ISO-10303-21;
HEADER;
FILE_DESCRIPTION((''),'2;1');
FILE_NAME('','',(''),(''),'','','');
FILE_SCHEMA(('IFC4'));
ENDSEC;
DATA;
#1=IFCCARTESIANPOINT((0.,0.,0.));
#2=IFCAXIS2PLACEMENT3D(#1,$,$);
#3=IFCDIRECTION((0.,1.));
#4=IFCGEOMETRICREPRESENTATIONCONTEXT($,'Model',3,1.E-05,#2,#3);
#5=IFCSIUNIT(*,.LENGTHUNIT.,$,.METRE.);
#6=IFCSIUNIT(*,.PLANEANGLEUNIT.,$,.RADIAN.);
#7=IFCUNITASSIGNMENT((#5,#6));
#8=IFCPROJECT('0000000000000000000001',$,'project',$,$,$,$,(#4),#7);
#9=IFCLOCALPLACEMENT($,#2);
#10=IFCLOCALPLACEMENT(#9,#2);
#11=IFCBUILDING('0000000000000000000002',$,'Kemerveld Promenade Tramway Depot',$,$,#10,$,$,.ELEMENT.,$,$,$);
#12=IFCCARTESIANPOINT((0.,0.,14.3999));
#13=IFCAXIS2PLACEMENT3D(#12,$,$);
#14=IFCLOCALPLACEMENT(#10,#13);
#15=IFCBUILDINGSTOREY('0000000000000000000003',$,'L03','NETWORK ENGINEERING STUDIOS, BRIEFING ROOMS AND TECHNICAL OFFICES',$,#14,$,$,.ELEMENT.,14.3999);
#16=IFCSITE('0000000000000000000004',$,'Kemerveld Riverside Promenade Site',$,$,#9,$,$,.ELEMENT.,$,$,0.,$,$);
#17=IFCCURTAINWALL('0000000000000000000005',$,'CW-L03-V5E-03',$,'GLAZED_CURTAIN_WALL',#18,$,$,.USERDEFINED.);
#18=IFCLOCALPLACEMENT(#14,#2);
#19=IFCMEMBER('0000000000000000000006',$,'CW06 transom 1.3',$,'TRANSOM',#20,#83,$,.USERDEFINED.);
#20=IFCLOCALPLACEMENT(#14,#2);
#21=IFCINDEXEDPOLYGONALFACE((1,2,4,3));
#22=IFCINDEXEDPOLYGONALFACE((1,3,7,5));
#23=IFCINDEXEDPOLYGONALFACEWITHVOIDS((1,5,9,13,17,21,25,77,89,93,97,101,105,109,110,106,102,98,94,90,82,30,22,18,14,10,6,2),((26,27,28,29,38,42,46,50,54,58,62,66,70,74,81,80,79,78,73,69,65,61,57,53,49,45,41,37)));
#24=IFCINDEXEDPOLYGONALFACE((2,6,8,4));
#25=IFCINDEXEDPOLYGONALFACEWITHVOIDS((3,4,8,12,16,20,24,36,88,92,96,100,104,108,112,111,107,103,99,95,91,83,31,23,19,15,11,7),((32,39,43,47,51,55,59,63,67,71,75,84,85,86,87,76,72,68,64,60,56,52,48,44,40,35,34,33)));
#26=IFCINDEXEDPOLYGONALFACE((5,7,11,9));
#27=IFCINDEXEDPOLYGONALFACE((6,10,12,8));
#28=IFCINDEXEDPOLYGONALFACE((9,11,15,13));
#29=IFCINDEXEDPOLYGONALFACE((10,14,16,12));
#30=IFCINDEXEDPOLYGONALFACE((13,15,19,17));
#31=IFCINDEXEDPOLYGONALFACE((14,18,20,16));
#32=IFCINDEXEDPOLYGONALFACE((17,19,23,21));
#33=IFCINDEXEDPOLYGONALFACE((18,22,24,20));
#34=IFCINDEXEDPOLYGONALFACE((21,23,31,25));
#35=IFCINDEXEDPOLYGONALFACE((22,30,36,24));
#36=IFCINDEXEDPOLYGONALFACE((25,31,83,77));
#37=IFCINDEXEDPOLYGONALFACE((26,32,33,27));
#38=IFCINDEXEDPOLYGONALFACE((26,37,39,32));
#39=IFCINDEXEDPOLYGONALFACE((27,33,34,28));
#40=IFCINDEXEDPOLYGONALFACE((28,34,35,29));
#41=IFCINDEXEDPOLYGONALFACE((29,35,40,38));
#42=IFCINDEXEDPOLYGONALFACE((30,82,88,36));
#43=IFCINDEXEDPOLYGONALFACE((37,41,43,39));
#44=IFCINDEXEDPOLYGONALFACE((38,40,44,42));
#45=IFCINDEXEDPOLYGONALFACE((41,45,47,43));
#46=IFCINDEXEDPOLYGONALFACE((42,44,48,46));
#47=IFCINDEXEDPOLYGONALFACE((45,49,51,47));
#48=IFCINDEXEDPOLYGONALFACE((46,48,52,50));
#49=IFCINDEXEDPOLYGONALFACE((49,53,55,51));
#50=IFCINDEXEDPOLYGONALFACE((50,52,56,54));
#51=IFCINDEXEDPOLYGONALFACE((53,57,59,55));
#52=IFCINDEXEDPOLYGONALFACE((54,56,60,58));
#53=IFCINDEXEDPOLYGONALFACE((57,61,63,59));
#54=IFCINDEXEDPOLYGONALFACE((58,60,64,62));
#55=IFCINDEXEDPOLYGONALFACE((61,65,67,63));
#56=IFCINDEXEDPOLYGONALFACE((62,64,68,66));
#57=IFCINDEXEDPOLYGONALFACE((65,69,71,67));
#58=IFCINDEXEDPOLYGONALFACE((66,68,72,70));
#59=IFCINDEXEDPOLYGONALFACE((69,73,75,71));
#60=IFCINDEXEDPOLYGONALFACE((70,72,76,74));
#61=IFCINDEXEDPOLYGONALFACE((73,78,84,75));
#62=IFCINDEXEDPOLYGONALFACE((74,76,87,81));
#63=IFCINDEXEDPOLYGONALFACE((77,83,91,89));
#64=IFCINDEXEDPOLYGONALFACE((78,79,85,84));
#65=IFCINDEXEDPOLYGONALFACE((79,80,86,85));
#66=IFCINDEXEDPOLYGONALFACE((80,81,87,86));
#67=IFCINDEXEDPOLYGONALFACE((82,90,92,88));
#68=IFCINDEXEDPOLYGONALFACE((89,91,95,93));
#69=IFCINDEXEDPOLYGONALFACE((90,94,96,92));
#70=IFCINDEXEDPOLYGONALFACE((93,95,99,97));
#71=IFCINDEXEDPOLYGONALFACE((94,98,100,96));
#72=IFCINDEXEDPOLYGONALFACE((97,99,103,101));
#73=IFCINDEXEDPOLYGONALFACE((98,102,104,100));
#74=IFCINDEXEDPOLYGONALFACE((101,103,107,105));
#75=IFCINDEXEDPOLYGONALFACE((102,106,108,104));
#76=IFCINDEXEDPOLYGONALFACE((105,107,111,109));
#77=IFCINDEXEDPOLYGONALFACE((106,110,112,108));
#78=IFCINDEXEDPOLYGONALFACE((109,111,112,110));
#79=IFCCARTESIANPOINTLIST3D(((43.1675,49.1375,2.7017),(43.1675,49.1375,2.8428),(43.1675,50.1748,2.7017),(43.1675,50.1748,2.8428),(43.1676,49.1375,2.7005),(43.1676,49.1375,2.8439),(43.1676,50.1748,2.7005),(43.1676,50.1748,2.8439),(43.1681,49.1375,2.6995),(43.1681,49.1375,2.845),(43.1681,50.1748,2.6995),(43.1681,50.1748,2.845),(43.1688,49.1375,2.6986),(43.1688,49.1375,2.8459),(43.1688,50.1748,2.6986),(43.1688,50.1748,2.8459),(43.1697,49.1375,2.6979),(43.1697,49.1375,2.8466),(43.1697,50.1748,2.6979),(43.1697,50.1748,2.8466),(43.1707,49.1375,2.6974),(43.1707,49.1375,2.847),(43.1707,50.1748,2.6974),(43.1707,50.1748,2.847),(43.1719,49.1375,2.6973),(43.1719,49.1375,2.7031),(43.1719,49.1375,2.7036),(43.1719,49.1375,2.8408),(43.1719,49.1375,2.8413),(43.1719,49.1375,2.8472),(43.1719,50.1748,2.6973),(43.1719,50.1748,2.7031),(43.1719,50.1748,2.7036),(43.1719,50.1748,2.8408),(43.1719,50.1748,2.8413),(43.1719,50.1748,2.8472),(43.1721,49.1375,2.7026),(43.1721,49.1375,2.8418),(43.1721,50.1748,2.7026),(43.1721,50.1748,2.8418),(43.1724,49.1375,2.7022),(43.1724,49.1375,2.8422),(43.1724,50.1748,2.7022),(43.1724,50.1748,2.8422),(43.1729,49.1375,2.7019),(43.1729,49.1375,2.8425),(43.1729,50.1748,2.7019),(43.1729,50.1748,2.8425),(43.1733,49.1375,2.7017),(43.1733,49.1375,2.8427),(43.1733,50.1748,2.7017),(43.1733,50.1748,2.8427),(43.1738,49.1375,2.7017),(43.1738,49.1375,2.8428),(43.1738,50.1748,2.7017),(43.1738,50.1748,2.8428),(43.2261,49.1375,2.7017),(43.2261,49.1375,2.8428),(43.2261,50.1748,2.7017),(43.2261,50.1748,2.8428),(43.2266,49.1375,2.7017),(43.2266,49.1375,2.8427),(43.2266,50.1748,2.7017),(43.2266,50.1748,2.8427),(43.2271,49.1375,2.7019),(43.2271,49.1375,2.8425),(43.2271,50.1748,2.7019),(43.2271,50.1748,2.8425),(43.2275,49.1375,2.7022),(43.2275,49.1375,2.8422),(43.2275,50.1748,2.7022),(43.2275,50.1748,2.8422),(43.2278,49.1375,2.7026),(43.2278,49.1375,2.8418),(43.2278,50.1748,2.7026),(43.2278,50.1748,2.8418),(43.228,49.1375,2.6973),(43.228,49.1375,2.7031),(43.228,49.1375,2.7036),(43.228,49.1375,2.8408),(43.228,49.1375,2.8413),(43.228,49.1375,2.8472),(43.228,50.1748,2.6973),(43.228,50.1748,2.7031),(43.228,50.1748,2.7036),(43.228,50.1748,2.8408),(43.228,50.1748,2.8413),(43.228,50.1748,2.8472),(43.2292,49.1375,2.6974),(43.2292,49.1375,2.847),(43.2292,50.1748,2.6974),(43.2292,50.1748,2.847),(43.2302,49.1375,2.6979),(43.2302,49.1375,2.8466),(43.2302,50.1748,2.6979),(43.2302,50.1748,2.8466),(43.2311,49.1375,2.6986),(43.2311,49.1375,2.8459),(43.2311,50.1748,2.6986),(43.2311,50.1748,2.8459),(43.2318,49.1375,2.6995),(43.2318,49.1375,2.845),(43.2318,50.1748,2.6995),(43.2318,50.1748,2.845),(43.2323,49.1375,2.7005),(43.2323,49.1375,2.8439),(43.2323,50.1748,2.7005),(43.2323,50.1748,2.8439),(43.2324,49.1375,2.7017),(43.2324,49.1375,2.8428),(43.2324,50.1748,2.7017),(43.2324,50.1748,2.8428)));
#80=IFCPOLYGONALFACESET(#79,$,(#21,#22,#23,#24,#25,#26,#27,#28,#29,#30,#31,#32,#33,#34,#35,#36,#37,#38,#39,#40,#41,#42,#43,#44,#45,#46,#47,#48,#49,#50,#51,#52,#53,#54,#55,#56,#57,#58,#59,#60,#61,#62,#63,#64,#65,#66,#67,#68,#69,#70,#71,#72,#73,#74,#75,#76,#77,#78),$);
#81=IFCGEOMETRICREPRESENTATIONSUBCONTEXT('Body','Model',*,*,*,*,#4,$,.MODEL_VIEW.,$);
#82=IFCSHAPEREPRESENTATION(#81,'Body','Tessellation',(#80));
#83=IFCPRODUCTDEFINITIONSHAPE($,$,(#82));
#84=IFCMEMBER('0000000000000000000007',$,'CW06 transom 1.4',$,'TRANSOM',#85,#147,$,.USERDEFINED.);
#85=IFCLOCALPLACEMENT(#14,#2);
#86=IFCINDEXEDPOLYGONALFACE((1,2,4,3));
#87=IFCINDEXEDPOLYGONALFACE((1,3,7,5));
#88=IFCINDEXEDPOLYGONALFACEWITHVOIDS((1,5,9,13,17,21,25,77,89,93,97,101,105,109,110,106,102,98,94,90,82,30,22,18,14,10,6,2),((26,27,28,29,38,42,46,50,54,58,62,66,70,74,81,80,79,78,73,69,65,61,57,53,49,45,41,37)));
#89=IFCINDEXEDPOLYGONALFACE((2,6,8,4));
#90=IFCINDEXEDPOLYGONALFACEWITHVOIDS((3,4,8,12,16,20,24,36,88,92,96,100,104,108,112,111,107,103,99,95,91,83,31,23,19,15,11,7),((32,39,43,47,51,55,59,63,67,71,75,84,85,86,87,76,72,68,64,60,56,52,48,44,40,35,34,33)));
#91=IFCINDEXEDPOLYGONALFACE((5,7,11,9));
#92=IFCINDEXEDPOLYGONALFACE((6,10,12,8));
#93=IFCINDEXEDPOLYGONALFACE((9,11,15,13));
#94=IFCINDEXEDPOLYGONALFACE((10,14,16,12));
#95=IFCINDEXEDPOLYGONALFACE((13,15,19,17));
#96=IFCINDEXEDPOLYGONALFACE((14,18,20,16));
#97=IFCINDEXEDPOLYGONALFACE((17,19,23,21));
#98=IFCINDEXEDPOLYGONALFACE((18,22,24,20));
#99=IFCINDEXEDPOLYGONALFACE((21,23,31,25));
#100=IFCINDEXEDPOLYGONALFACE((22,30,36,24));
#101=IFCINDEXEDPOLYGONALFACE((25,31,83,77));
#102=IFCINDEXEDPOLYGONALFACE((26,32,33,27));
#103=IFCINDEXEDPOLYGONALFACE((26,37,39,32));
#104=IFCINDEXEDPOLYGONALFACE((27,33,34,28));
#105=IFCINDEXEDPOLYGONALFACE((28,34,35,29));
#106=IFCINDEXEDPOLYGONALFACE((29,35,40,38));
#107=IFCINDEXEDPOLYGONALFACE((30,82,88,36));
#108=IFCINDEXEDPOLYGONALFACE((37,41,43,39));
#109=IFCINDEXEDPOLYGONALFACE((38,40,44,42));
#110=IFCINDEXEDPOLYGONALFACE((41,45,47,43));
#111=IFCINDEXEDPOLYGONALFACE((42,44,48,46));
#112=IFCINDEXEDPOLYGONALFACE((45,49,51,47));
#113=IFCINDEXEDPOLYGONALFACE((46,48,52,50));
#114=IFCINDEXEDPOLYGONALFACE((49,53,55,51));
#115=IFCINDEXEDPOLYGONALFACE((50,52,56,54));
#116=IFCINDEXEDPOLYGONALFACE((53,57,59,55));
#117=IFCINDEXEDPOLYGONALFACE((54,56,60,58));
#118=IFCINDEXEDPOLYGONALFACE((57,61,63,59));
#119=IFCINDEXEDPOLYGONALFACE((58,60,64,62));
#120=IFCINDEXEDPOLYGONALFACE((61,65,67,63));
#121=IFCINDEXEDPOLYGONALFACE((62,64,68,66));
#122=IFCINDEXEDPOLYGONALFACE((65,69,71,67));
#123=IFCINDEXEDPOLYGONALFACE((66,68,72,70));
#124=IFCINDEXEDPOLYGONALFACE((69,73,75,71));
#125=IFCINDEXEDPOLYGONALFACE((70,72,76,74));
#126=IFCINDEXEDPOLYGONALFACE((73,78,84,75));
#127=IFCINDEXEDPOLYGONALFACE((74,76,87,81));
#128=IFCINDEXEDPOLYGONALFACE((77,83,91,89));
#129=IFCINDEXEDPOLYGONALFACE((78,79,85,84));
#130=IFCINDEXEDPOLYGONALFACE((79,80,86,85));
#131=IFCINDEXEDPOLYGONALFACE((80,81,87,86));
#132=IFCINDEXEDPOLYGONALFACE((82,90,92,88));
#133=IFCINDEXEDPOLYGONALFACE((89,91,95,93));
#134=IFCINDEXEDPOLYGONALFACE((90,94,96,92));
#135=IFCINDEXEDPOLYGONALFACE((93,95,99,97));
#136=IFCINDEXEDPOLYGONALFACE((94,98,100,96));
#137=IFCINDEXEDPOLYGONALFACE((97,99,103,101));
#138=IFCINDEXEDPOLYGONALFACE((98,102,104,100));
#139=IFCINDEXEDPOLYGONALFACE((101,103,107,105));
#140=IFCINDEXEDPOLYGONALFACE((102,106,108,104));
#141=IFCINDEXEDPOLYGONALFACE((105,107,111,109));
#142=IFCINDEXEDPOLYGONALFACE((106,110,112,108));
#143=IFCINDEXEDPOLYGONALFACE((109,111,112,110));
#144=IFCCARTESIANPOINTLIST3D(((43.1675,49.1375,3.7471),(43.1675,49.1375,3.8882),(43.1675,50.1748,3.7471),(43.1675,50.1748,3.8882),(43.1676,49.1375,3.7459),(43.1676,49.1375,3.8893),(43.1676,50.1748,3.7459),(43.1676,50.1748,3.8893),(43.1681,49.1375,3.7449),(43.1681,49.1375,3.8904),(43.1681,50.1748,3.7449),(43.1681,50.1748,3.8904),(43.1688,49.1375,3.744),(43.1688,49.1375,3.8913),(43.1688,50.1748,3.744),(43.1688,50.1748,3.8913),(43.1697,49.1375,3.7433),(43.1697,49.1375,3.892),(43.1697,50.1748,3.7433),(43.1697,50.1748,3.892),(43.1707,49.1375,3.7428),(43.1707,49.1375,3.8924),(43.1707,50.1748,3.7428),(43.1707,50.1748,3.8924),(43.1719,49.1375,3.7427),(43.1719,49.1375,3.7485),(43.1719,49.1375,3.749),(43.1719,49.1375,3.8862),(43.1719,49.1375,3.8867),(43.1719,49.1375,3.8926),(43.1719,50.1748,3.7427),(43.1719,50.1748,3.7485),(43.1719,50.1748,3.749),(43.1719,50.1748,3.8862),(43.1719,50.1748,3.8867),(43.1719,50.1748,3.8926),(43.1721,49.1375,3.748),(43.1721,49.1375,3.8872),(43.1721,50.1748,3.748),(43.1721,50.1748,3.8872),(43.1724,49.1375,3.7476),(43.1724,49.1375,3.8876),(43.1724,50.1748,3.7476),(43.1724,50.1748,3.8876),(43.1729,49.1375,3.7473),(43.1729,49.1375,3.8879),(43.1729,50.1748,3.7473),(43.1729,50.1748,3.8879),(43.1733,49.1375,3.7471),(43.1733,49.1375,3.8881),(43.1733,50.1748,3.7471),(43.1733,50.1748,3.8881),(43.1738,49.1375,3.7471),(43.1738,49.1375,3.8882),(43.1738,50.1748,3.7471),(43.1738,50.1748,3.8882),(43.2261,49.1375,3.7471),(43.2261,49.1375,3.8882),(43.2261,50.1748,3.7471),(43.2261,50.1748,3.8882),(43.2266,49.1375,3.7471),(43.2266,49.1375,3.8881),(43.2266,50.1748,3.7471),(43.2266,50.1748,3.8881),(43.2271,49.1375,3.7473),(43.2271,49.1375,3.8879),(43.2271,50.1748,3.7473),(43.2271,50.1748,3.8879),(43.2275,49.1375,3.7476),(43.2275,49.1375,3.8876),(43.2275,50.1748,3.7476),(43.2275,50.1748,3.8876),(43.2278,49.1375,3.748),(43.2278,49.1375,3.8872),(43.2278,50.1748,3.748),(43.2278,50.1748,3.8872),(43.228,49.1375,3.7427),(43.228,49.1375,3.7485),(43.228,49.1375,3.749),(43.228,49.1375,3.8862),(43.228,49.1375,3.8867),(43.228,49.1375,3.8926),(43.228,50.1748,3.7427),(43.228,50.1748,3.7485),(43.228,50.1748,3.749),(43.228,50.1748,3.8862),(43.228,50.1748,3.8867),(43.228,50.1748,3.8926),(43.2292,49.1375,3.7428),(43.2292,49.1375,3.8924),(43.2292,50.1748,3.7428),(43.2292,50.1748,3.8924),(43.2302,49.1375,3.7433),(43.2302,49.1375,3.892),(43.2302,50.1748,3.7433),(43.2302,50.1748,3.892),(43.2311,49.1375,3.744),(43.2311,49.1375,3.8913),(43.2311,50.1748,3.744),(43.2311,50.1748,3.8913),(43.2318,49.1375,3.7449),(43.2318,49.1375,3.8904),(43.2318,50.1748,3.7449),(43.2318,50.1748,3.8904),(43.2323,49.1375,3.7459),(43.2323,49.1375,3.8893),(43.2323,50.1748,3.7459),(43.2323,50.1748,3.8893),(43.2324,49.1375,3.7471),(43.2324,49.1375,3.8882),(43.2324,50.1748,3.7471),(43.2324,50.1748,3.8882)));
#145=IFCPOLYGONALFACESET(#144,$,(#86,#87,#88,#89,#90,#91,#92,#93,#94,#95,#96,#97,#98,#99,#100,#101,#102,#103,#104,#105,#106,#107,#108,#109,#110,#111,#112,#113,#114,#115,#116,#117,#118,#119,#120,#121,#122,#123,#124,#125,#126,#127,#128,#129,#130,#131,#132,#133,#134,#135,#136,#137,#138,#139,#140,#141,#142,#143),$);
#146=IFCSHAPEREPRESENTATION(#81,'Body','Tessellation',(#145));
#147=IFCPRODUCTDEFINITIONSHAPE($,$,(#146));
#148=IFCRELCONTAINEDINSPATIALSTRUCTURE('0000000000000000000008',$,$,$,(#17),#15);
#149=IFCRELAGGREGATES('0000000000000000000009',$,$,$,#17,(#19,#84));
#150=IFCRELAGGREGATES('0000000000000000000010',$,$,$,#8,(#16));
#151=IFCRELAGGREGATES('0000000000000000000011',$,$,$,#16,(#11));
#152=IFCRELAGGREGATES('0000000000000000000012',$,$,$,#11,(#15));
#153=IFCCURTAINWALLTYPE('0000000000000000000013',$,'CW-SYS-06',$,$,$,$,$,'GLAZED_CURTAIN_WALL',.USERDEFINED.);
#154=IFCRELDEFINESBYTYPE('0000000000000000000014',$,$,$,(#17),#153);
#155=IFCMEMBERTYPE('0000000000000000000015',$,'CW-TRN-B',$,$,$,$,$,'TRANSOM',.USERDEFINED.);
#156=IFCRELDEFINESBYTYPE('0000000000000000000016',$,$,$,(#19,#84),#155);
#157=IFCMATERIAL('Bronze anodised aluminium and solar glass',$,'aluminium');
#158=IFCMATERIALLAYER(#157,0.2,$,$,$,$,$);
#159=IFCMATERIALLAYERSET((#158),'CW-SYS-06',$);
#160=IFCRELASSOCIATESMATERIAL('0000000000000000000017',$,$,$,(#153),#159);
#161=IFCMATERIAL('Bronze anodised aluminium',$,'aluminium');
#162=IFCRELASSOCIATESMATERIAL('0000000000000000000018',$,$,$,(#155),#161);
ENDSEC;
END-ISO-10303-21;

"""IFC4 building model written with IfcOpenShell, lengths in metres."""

from ifc_helpers import new_model, si_unit, direction, frame, origin, origin_2d, place, context, subcontext, project, spatial, hollow_rectangle, extrude, material, layer, layer_set, material_profile, profile_set, type_object, element, aggregate, save


model = new_model("IFC4")

# Units and contexts
model_context = context("Model", 3, precision=1e-05, world=origin(), true_north=direction((0.0, 1.0)))
body_context = subcontext(model_context, "Body", "Model", "MODEL_VIEW")
ifc_project = project(units=[si_unit("LENGTHUNIT", "METRE"), si_unit("PLANEANGLEUNIT", "RADIAN")], contexts=[model_context])

# Site, building, storey
site_placement = place(None, origin())
site = spatial("IfcSite", under=ifc_project, at=site_placement, Name="Kemerveld Riverside Promenade Site", CompositionType="ELEMENT", RefElevation=0.0)
building_placement = place(site_placement, origin())
building = spatial("IfcBuilding", under=site, at=building_placement, Name="Kemerveld Promenade Tramway Depot", CompositionType="ELEMENT")
storey_placement = place(building_placement, frame((0.0, 0.0, 14.3999)))
storey = spatial("IfcBuildingStorey", under=building, at=storey_placement, Name="L03", Description="NETWORK ENGINEERING STUDIOS, BRIEFING ROOMS AND TECHNICAL OFFICES", CompositionType="ELEMENT", Elevation=14.3999)

# Curtain wall, members
ifc_material_1 = material(Name="Bronze anodised aluminium and solar glass", Category="aluminium")
ifc_layer_1 = layer(ifc_material_1, 0.2)
ifc_layer_set_1 = layer_set([ifc_layer_1], Name="CW-SYS-06")
curtain_wall_type = type_object("IfcCurtainWallType", Name="CW-SYS-06", ElementType="GLAZED_CURTAIN_WALL", PredefinedType="USERDEFINED", material=ifc_layer_set_1)
curtain_wall_placement = place(storey_placement, origin())
curtain_wall = element("IfcCurtainWall", 1, at=curtain_wall_placement, inside=storey, type_object=curtain_wall_type, Name="CW-L03-V5E-03", ObjectType="GLAZED_CURTAIN_WALL", PredefinedType="USERDEFINED")
ifc_material_2 = material(Name="Bronze anodised aluminium", Category="aluminium")
ifc_material_profile_1 = material_profile(ifc_material_2, hollow_rectangle(XDim=0.0649, YDim=0.1499, WallThickness=0.0044, InnerFilletRadius=0.002, OuterFilletRadius=0.0044, at=origin_2d()), Name="CW-TRN-150x65")
ifc_profile_set_1 = profile_set([ifc_material_profile_1], Name="Bronze anodised aluminium")
member_type_1 = type_object("IfcMemberType", Name="CW-TRN-B", ElementType="TRANSOM", PredefinedType="USERDEFINED", material=ifc_profile_set_1)
member_1_placement = place(storey_placement, frame((43.2, 50.1748, 2.7722), z_axis=(0.0, -1.0, 0.0), x_axis=(1.0, 0.0, 0.0)))
member_1 = element("IfcMember", 2, at=member_1_placement, type_object=member_type_1, Name="CW06 transom 1.3", ObjectType="TRANSOM", PredefinedType="USERDEFINED", context=body_context, shape_type="SweptSolid", body=[
    extrude(hollow_rectangle(XDim=0.0649, YDim=0.1499, WallThickness=0.0044, InnerFilletRadius=0.002, OuterFilletRadius=0.0044, at=origin_2d()), origin(), (0.0, 0.0, 1.0), 1.0374),
])
member_2_placement = place(storey_placement, frame((43.2, 50.1748, 3.8176), z_axis=(0.0, -1.0, 0.0), x_axis=(1.0, 0.0, 0.0)))
member_2 = element("IfcMember", 3, at=member_2_placement, type_object=member_type_1, Name="CW06 transom 1.4", ObjectType="TRANSOM", PredefinedType="USERDEFINED", context=body_context, shape_type="SweptSolid", body=[
    extrude(hollow_rectangle(XDim=0.0649, YDim=0.1499, WallThickness=0.0044, InnerFilletRadius=0.002, OuterFilletRadius=0.0044, at=origin_2d()), origin(), (0.0, 0.0, 1.0), 1.0374),
])
aggregate(curtain_wall, [member_1, member_2])

save(model, "model.ifc")
